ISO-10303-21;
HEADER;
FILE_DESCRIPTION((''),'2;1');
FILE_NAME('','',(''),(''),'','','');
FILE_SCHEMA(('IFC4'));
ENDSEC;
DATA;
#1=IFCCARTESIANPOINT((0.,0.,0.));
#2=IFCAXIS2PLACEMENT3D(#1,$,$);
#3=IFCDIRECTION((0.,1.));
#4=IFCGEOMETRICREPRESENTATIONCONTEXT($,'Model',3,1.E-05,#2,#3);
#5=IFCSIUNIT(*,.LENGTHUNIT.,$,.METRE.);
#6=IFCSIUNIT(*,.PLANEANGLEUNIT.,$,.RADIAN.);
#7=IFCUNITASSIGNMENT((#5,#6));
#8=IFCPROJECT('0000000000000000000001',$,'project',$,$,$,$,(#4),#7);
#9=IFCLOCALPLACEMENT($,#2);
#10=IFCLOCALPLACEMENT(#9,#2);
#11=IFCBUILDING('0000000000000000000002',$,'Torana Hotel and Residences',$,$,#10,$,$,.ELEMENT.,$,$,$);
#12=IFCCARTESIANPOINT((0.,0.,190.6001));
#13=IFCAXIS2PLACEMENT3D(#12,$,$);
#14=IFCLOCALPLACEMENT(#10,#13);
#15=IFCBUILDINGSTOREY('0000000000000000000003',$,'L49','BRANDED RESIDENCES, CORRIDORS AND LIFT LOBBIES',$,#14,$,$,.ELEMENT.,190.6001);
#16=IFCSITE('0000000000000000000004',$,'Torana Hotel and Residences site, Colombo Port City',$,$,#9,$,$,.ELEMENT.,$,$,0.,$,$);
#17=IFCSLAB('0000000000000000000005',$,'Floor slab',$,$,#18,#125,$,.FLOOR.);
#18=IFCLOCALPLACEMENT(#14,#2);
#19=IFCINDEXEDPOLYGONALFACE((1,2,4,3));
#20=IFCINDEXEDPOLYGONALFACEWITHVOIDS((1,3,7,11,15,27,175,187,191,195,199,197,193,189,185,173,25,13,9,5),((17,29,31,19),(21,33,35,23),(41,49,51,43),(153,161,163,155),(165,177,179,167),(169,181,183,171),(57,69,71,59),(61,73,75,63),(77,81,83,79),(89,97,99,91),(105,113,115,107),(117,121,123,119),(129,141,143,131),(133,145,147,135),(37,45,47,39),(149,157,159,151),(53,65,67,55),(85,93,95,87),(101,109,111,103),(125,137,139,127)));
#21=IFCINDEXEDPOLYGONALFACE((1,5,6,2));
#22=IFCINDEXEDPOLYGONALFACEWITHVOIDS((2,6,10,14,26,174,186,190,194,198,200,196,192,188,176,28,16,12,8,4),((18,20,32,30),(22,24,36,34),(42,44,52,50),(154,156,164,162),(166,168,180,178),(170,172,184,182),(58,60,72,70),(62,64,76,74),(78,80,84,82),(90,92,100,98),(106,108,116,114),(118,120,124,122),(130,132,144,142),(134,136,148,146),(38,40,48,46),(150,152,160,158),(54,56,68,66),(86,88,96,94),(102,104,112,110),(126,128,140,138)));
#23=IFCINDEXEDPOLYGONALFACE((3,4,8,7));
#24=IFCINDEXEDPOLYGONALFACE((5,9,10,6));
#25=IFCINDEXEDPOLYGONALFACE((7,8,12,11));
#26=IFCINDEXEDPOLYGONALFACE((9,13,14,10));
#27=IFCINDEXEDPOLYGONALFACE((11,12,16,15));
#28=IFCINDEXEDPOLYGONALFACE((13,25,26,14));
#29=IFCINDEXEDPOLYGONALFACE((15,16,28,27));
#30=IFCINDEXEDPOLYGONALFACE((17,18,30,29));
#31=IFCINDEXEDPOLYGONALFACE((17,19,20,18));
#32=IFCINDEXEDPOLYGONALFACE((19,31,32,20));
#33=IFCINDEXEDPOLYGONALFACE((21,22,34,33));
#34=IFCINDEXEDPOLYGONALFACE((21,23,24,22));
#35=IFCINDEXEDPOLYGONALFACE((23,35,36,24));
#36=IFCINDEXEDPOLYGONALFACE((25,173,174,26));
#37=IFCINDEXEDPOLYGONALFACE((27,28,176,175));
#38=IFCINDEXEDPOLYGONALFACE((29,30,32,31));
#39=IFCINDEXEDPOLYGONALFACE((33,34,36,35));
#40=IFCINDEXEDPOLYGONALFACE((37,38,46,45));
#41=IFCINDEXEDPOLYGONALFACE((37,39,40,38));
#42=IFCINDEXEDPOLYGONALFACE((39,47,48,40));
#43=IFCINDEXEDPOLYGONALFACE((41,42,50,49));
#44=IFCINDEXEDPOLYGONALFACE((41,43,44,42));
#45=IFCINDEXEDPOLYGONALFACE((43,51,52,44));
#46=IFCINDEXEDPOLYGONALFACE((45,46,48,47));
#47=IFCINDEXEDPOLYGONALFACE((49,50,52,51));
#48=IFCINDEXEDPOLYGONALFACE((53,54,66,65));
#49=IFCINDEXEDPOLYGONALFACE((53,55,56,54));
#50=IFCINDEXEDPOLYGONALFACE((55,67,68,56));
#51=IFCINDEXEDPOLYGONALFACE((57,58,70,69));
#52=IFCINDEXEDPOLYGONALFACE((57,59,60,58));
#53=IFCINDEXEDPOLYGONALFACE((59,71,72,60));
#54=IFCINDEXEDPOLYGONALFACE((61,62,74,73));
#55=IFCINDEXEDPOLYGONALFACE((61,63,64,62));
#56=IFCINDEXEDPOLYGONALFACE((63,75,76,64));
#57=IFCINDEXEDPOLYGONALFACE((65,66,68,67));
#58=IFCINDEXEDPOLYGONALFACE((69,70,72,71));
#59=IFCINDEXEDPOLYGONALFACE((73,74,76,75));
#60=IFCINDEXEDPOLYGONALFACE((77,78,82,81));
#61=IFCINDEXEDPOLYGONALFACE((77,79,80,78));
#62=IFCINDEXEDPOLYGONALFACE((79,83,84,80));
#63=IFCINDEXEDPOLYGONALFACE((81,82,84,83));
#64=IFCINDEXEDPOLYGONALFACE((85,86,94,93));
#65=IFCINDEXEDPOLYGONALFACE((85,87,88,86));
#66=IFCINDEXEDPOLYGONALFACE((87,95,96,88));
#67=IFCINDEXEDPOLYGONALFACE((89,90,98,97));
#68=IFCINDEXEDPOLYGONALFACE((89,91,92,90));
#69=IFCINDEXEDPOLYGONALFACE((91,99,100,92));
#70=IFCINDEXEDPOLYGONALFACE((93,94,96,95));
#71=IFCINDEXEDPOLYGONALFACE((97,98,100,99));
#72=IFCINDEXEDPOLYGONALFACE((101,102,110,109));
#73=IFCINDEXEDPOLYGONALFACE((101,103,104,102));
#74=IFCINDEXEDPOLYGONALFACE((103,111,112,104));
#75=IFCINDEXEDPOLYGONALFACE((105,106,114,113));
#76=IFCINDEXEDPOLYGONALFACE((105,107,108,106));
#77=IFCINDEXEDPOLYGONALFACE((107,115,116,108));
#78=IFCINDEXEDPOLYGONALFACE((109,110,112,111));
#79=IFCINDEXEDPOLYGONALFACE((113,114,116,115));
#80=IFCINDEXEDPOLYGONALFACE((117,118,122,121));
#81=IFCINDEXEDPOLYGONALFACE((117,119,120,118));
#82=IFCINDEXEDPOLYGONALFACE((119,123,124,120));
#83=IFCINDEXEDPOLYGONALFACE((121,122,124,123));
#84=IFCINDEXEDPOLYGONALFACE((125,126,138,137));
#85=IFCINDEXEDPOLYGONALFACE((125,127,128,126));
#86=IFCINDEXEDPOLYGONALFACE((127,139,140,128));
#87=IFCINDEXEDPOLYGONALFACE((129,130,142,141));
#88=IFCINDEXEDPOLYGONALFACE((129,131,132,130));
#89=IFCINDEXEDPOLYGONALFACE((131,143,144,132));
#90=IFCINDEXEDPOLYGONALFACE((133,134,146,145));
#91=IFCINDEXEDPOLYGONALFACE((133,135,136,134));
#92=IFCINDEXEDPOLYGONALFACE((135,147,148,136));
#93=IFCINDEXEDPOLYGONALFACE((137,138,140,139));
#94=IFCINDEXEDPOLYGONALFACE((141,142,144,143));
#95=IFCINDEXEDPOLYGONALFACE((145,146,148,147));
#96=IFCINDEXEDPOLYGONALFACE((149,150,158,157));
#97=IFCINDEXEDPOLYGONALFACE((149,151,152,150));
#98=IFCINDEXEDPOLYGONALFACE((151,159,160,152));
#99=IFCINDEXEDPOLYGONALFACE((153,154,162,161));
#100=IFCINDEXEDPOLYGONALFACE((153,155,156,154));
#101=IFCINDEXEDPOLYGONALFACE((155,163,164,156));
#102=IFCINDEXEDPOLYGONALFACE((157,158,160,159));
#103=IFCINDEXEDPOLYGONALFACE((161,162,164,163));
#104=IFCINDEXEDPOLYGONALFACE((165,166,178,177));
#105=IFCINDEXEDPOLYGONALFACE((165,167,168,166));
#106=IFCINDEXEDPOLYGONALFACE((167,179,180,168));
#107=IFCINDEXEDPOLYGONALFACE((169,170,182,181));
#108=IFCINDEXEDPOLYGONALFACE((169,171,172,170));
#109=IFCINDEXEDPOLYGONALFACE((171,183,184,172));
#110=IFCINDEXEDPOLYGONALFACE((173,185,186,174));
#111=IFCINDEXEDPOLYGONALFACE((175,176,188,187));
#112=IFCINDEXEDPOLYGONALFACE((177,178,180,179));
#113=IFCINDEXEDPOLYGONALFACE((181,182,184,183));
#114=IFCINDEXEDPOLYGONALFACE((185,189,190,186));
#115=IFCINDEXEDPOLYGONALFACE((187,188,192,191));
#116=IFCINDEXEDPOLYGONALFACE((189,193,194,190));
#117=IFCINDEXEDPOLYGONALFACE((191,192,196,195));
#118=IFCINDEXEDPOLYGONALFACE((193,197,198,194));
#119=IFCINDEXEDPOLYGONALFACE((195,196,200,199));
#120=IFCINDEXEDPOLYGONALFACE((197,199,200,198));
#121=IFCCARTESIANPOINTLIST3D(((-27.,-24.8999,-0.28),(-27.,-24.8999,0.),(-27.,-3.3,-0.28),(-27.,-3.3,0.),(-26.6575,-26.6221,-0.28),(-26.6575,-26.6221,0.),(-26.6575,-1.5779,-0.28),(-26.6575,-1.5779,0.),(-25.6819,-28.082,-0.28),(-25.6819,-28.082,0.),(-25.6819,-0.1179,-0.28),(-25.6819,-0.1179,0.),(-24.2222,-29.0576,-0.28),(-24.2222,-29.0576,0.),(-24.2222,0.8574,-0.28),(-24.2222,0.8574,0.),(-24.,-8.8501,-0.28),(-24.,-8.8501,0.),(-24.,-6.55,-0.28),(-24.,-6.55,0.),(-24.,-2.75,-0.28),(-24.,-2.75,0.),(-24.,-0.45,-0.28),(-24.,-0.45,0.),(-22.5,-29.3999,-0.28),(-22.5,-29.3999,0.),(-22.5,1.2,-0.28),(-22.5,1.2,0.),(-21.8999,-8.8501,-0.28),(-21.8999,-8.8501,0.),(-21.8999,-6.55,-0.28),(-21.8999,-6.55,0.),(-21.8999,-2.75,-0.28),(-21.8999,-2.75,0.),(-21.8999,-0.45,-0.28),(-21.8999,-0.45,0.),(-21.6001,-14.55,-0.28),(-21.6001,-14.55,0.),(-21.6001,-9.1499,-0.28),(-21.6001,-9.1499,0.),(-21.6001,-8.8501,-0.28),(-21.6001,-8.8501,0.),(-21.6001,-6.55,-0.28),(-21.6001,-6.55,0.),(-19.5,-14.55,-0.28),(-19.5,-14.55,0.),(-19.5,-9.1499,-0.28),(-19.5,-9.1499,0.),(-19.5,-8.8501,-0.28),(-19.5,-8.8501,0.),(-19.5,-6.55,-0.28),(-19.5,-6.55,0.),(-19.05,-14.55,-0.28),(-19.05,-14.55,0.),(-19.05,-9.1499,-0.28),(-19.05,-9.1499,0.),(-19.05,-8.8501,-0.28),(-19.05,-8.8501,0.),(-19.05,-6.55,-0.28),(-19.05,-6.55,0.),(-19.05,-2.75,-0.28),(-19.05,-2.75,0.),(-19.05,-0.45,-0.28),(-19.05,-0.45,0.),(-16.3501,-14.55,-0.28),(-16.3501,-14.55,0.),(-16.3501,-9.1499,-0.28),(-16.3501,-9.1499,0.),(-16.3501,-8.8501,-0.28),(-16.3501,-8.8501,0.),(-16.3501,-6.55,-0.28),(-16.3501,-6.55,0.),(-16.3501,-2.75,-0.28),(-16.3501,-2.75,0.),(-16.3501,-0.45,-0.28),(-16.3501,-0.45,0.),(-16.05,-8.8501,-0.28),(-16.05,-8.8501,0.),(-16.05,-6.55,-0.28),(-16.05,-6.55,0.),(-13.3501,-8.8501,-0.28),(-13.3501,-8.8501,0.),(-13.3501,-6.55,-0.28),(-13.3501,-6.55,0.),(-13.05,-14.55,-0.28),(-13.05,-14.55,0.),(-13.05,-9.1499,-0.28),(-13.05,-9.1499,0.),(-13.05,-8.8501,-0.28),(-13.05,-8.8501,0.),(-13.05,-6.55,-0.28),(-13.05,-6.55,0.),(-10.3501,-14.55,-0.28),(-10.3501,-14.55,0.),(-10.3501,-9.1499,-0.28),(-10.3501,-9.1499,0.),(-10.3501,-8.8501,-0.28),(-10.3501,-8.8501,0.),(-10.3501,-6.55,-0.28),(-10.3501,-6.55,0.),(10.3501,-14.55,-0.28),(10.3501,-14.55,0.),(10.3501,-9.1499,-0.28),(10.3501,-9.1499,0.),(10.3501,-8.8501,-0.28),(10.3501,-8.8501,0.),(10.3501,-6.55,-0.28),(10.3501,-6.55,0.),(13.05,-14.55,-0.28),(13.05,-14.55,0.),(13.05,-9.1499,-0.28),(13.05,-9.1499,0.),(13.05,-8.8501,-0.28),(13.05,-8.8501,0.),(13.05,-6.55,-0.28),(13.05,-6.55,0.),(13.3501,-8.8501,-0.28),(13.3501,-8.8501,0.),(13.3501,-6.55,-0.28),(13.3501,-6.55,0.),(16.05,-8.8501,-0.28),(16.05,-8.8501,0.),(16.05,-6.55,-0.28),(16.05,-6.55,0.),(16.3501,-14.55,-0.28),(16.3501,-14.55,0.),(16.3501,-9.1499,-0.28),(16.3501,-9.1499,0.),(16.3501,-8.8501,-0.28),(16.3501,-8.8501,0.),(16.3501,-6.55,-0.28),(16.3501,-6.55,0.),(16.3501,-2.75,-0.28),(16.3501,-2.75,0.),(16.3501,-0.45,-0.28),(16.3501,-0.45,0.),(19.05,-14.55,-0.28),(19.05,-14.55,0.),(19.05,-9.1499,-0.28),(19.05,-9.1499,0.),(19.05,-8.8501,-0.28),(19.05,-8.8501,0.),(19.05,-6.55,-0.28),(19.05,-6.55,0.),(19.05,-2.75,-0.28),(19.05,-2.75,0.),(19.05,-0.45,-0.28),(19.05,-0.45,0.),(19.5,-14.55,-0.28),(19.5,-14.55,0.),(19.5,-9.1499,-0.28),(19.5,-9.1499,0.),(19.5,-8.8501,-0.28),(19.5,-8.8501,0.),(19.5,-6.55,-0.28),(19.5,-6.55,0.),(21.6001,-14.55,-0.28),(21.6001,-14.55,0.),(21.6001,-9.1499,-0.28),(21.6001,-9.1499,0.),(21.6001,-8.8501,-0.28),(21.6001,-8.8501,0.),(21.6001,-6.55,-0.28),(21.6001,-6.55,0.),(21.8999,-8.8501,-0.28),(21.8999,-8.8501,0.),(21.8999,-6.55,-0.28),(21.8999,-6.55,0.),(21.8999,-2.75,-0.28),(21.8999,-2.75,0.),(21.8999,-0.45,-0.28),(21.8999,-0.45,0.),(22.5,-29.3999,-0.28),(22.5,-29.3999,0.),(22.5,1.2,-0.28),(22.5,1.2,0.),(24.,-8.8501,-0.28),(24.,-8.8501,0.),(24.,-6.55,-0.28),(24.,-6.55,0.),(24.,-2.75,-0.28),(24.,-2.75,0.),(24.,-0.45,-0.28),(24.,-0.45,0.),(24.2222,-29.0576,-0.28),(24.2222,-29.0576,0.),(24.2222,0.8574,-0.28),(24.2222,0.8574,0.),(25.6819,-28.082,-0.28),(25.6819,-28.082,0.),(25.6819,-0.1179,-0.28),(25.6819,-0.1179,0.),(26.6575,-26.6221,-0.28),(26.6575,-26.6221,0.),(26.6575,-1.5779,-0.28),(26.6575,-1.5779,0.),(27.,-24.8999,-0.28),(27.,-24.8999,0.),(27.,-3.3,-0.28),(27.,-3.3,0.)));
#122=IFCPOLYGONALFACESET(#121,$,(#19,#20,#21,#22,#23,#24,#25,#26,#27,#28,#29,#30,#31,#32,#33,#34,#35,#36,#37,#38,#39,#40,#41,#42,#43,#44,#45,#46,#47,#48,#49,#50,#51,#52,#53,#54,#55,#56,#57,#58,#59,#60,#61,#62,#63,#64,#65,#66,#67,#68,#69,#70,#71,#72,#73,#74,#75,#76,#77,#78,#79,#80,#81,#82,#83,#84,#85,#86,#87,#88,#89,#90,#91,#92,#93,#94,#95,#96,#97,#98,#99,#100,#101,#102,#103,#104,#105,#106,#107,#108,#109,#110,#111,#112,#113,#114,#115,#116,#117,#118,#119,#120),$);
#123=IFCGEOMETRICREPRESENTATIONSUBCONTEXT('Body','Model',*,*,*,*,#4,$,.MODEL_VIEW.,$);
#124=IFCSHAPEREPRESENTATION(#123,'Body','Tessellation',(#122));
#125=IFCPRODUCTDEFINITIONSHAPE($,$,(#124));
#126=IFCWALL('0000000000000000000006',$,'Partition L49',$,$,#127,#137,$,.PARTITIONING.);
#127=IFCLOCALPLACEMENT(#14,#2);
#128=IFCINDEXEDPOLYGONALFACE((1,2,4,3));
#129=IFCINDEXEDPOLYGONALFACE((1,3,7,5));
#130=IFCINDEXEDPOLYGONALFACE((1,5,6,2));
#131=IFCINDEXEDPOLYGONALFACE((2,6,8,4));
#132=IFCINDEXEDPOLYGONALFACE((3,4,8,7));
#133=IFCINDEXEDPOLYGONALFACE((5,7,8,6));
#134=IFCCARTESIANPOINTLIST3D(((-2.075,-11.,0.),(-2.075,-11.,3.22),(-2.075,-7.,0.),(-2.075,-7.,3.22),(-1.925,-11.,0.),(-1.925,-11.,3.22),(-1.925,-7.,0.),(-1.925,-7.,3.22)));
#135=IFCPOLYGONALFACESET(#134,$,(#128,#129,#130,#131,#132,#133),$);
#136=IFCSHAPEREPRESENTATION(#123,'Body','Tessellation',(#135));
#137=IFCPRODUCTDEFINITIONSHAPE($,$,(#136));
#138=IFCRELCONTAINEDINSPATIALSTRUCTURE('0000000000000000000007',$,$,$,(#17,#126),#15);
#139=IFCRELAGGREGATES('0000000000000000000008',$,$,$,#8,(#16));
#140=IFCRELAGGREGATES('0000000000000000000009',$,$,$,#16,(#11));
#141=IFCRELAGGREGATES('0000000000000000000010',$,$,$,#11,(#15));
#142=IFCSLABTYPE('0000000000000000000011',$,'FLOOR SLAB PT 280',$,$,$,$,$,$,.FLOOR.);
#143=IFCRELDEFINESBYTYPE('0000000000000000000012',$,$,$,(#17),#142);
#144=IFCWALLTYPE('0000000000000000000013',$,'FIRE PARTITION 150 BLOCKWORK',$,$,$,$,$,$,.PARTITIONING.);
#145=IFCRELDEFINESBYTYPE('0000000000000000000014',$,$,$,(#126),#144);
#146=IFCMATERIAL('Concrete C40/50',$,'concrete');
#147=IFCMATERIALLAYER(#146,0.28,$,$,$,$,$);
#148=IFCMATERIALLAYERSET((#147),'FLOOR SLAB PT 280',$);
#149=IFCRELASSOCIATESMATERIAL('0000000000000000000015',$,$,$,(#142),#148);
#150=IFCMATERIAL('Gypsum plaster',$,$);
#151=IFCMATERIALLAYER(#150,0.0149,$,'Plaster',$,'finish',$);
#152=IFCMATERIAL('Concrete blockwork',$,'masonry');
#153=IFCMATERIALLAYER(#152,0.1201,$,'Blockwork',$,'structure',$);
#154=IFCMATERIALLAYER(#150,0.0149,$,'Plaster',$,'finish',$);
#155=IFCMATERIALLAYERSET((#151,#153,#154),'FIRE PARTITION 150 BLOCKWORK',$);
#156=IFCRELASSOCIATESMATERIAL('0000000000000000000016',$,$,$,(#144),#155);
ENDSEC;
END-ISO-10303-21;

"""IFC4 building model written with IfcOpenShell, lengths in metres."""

from ifc_helpers import new_model, si_unit, direction, frame, frame_2d, origin, place, context, subcontext, project, spatial, polyline, rectangle, outline, extrude, material, layer, layer_set, type_object, element, save


model = new_model("IFC4")

# Units and contexts
model_context = context("Model", 3, precision=1e-05, world=origin(), true_north=direction((0.0, 1.0)))
body_context = subcontext(model_context, "Body", "Model", "MODEL_VIEW")
ifc_project = project(units=[si_unit("LENGTHUNIT", "METRE"), si_unit("PLANEANGLEUNIT", "RADIAN")], contexts=[model_context])

# Site, building, storey
site_placement = place(None, origin())
site = spatial("IfcSite", under=ifc_project, at=site_placement, Name="Torana Hotel and Residences site, Colombo Port City", CompositionType="ELEMENT", RefElevation=0.0)
building_placement = place(site_placement, origin())
building = spatial("IfcBuilding", under=site, at=building_placement, Name="Torana Hotel and Residences", CompositionType="ELEMENT")
storey_placement = place(building_placement, frame((0.0, 0.0, 190.6001)))
storey = spatial("IfcBuildingStorey", under=building, at=storey_placement, Name="L49", Description="BRANDED RESIDENCES, CORRIDORS AND LIFT LOBBIES", CompositionType="ELEMENT", Elevation=190.6001)

# Slab
ifc_material_1 = material(Name="Concrete C40/50", Category="concrete")
ifc_layer_1 = layer(ifc_material_1, 0.28)
ifc_layer_set_1 = layer_set([ifc_layer_1], Name="FLOOR SLAB PT 280")
slab_type_1 = type_object("IfcSlabType", Name="FLOOR SLAB PT 280", PredefinedType="FLOOR", material=ifc_layer_set_1)
slab_1_placement = place(storey_placement, frame((0.0, 0.0, -0.28)))
element("IfcSlab", 1, at=slab_1_placement, inside=storey, type_object=slab_type_1, Name="Floor slab", PredefinedType="FLOOR", context=body_context, shape_type="SweptSolid", body=[
    extrude(outline(polyline([(27.0, -3.3), (26.6575, -1.5779), (25.6819, -0.1179), (24.2222, 0.8574), (22.5, 1.2), (-22.5, 1.2), (-24.2222, 0.8574), (-25.6819, -0.1179), (-26.6575, -1.5779), (-27.0, -3.3), (-27.0, -24.8999), (-26.6575, -26.6221), (-25.6819, -28.082), (-24.2222, -29.0576), (-22.5, -29.3999), (22.5, -29.3999), (24.2222, -29.0576), (25.6819, -28.082), (26.6575, -26.6221), (27.0, -24.8999), (27.0, -3.3)]), holes=[polyline([(-13.05, -14.55), (-10.3501, -14.55), (-10.3501, -9.1499), (-13.05, -9.1499), (-13.05, -14.55)]), polyline([(-19.05, -14.55), (-16.3501, -14.55), (-16.3501, -9.1499), (-19.05, -9.1499), (-19.05, -14.55)]), polyline([(-19.05, -2.75), (-16.3501, -2.75), (-16.3501, -0.45), (-19.05, -0.45), (-19.05, -2.75)]), polyline([(-21.6001, -8.8501), (-19.5, -8.8501), (-19.5, -6.55), (-21.6001, -6.55), (-21.6001, -8.8501)]), polyline([(-24.0, -2.75), (-21.8999, -2.75), (-21.8999, -0.45), (-24.0, -0.45), (-24.0, -2.75)]), polyline([(-24.0, -8.8501), (-21.8999, -8.8501), (-21.8999, -6.55), (-24.0, -6.55), (-24.0, -8.8501)]), polyline([(-13.05, -8.8501), (-10.3501, -8.8501), (-10.3501, -6.55), (-13.05, -6.55), (-13.05, -8.8501)]), polyline([(-16.05, -8.8501), (-13.3501, -8.8501), (-13.3501, -6.55), (-16.05, -6.55), (-16.05, -8.8501)]), polyline([(-19.05, -8.8501), (-16.3501, -8.8501), (-16.3501, -6.55), (-19.05, -6.55), (-19.05, -8.8501)]), polyline([(-21.6001, -14.55), (-19.5, -14.55), (-19.5, -9.1499), (-21.6001, -9.1499), (-21.6001, -14.55)]), polyline([(10.3501, -14.55), (13.05, -14.55), (13.05, -9.1499), (10.3501, -9.1499), (10.3501, -14.55)]), polyline([(16.3501, -14.55), (19.05, -14.55), (19.05, -9.1499), (16.3501, -9.1499), (16.3501, -14.55)]), polyline([(16.3501, -2.75), (19.05, -2.75), (19.05, -0.45), (16.3501, -0.45), (16.3501, -2.75)]), polyline([(19.5, -8.8501), (21.6001, -8.8501), (21.6001, -6.55), (19.5, -6.55), (19.5, -8.8501)]), polyline([(21.8999, -2.75), (24.0, -2.75), (24.0, -0.45), (21.8999, -0.45), (21.8999, -2.75)]), polyline([(21.8999, -8.8501), (24.0, -8.8501), (24.0, -6.55), (21.8999, -6.55), (21.8999, -8.8501)]), polyline([(10.3501, -8.8501), (13.05, -8.8501), (13.05, -6.55), (10.3501, -6.55), (10.3501, -8.8501)]), polyline([(13.3501, -8.8501), (16.05, -8.8501), (16.05, -6.55), (13.3501, -6.55), (13.3501, -8.8501)]), polyline([(16.3501, -8.8501), (19.05, -8.8501), (19.05, -6.55), (16.3501, -6.55), (16.3501, -8.8501)]), polyline([(19.5, -14.55), (21.6001, -14.55), (21.6001, -9.1499), (19.5, -9.1499), (19.5, -14.55)])]), origin(), (0.0, 0.0, 1.0), 0.28),
])

# Wall
ifc_material_2 = material(Name="Gypsum plaster")
ifc_layer_2 = layer(ifc_material_2, 0.0149, Name="Plaster", Category="finish")
ifc_material_3 = material(Name="Concrete blockwork", Category="masonry")
ifc_layer_3 = layer(ifc_material_3, 0.1201, Name="Blockwork", Category="structure")
ifc_layer_4 = layer(ifc_material_2, 0.0149, Name="Plaster", Category="finish")
ifc_layer_set_2 = layer_set([ifc_layer_2, ifc_layer_3, ifc_layer_4], Name="FIRE PARTITION 150 BLOCKWORK")
wall_type_1 = type_object("IfcWallType", Name="FIRE PARTITION 150 BLOCKWORK", PredefinedType="PARTITIONING", material=ifc_layer_set_2)
wall_1_placement = place(storey_placement, frame((-2.0, -11.0, 0.0), z_axis=(0.0, 0.0, 1.0), x_axis=(0.0, 1.0, 0.0)))
element("IfcWall", 2, at=wall_1_placement, inside=storey, type_object=wall_type_1, Name="Partition L49", PredefinedType="PARTITIONING", context=body_context, shape_type="SweptSolid", body=[
    extrude(rectangle(XDim=4.0, YDim=0.1499, at=frame_2d((2.0, 0.0))), origin(), (0.0, 0.0, 1.0), 3.22),
])

save(model, "model.ifc")
